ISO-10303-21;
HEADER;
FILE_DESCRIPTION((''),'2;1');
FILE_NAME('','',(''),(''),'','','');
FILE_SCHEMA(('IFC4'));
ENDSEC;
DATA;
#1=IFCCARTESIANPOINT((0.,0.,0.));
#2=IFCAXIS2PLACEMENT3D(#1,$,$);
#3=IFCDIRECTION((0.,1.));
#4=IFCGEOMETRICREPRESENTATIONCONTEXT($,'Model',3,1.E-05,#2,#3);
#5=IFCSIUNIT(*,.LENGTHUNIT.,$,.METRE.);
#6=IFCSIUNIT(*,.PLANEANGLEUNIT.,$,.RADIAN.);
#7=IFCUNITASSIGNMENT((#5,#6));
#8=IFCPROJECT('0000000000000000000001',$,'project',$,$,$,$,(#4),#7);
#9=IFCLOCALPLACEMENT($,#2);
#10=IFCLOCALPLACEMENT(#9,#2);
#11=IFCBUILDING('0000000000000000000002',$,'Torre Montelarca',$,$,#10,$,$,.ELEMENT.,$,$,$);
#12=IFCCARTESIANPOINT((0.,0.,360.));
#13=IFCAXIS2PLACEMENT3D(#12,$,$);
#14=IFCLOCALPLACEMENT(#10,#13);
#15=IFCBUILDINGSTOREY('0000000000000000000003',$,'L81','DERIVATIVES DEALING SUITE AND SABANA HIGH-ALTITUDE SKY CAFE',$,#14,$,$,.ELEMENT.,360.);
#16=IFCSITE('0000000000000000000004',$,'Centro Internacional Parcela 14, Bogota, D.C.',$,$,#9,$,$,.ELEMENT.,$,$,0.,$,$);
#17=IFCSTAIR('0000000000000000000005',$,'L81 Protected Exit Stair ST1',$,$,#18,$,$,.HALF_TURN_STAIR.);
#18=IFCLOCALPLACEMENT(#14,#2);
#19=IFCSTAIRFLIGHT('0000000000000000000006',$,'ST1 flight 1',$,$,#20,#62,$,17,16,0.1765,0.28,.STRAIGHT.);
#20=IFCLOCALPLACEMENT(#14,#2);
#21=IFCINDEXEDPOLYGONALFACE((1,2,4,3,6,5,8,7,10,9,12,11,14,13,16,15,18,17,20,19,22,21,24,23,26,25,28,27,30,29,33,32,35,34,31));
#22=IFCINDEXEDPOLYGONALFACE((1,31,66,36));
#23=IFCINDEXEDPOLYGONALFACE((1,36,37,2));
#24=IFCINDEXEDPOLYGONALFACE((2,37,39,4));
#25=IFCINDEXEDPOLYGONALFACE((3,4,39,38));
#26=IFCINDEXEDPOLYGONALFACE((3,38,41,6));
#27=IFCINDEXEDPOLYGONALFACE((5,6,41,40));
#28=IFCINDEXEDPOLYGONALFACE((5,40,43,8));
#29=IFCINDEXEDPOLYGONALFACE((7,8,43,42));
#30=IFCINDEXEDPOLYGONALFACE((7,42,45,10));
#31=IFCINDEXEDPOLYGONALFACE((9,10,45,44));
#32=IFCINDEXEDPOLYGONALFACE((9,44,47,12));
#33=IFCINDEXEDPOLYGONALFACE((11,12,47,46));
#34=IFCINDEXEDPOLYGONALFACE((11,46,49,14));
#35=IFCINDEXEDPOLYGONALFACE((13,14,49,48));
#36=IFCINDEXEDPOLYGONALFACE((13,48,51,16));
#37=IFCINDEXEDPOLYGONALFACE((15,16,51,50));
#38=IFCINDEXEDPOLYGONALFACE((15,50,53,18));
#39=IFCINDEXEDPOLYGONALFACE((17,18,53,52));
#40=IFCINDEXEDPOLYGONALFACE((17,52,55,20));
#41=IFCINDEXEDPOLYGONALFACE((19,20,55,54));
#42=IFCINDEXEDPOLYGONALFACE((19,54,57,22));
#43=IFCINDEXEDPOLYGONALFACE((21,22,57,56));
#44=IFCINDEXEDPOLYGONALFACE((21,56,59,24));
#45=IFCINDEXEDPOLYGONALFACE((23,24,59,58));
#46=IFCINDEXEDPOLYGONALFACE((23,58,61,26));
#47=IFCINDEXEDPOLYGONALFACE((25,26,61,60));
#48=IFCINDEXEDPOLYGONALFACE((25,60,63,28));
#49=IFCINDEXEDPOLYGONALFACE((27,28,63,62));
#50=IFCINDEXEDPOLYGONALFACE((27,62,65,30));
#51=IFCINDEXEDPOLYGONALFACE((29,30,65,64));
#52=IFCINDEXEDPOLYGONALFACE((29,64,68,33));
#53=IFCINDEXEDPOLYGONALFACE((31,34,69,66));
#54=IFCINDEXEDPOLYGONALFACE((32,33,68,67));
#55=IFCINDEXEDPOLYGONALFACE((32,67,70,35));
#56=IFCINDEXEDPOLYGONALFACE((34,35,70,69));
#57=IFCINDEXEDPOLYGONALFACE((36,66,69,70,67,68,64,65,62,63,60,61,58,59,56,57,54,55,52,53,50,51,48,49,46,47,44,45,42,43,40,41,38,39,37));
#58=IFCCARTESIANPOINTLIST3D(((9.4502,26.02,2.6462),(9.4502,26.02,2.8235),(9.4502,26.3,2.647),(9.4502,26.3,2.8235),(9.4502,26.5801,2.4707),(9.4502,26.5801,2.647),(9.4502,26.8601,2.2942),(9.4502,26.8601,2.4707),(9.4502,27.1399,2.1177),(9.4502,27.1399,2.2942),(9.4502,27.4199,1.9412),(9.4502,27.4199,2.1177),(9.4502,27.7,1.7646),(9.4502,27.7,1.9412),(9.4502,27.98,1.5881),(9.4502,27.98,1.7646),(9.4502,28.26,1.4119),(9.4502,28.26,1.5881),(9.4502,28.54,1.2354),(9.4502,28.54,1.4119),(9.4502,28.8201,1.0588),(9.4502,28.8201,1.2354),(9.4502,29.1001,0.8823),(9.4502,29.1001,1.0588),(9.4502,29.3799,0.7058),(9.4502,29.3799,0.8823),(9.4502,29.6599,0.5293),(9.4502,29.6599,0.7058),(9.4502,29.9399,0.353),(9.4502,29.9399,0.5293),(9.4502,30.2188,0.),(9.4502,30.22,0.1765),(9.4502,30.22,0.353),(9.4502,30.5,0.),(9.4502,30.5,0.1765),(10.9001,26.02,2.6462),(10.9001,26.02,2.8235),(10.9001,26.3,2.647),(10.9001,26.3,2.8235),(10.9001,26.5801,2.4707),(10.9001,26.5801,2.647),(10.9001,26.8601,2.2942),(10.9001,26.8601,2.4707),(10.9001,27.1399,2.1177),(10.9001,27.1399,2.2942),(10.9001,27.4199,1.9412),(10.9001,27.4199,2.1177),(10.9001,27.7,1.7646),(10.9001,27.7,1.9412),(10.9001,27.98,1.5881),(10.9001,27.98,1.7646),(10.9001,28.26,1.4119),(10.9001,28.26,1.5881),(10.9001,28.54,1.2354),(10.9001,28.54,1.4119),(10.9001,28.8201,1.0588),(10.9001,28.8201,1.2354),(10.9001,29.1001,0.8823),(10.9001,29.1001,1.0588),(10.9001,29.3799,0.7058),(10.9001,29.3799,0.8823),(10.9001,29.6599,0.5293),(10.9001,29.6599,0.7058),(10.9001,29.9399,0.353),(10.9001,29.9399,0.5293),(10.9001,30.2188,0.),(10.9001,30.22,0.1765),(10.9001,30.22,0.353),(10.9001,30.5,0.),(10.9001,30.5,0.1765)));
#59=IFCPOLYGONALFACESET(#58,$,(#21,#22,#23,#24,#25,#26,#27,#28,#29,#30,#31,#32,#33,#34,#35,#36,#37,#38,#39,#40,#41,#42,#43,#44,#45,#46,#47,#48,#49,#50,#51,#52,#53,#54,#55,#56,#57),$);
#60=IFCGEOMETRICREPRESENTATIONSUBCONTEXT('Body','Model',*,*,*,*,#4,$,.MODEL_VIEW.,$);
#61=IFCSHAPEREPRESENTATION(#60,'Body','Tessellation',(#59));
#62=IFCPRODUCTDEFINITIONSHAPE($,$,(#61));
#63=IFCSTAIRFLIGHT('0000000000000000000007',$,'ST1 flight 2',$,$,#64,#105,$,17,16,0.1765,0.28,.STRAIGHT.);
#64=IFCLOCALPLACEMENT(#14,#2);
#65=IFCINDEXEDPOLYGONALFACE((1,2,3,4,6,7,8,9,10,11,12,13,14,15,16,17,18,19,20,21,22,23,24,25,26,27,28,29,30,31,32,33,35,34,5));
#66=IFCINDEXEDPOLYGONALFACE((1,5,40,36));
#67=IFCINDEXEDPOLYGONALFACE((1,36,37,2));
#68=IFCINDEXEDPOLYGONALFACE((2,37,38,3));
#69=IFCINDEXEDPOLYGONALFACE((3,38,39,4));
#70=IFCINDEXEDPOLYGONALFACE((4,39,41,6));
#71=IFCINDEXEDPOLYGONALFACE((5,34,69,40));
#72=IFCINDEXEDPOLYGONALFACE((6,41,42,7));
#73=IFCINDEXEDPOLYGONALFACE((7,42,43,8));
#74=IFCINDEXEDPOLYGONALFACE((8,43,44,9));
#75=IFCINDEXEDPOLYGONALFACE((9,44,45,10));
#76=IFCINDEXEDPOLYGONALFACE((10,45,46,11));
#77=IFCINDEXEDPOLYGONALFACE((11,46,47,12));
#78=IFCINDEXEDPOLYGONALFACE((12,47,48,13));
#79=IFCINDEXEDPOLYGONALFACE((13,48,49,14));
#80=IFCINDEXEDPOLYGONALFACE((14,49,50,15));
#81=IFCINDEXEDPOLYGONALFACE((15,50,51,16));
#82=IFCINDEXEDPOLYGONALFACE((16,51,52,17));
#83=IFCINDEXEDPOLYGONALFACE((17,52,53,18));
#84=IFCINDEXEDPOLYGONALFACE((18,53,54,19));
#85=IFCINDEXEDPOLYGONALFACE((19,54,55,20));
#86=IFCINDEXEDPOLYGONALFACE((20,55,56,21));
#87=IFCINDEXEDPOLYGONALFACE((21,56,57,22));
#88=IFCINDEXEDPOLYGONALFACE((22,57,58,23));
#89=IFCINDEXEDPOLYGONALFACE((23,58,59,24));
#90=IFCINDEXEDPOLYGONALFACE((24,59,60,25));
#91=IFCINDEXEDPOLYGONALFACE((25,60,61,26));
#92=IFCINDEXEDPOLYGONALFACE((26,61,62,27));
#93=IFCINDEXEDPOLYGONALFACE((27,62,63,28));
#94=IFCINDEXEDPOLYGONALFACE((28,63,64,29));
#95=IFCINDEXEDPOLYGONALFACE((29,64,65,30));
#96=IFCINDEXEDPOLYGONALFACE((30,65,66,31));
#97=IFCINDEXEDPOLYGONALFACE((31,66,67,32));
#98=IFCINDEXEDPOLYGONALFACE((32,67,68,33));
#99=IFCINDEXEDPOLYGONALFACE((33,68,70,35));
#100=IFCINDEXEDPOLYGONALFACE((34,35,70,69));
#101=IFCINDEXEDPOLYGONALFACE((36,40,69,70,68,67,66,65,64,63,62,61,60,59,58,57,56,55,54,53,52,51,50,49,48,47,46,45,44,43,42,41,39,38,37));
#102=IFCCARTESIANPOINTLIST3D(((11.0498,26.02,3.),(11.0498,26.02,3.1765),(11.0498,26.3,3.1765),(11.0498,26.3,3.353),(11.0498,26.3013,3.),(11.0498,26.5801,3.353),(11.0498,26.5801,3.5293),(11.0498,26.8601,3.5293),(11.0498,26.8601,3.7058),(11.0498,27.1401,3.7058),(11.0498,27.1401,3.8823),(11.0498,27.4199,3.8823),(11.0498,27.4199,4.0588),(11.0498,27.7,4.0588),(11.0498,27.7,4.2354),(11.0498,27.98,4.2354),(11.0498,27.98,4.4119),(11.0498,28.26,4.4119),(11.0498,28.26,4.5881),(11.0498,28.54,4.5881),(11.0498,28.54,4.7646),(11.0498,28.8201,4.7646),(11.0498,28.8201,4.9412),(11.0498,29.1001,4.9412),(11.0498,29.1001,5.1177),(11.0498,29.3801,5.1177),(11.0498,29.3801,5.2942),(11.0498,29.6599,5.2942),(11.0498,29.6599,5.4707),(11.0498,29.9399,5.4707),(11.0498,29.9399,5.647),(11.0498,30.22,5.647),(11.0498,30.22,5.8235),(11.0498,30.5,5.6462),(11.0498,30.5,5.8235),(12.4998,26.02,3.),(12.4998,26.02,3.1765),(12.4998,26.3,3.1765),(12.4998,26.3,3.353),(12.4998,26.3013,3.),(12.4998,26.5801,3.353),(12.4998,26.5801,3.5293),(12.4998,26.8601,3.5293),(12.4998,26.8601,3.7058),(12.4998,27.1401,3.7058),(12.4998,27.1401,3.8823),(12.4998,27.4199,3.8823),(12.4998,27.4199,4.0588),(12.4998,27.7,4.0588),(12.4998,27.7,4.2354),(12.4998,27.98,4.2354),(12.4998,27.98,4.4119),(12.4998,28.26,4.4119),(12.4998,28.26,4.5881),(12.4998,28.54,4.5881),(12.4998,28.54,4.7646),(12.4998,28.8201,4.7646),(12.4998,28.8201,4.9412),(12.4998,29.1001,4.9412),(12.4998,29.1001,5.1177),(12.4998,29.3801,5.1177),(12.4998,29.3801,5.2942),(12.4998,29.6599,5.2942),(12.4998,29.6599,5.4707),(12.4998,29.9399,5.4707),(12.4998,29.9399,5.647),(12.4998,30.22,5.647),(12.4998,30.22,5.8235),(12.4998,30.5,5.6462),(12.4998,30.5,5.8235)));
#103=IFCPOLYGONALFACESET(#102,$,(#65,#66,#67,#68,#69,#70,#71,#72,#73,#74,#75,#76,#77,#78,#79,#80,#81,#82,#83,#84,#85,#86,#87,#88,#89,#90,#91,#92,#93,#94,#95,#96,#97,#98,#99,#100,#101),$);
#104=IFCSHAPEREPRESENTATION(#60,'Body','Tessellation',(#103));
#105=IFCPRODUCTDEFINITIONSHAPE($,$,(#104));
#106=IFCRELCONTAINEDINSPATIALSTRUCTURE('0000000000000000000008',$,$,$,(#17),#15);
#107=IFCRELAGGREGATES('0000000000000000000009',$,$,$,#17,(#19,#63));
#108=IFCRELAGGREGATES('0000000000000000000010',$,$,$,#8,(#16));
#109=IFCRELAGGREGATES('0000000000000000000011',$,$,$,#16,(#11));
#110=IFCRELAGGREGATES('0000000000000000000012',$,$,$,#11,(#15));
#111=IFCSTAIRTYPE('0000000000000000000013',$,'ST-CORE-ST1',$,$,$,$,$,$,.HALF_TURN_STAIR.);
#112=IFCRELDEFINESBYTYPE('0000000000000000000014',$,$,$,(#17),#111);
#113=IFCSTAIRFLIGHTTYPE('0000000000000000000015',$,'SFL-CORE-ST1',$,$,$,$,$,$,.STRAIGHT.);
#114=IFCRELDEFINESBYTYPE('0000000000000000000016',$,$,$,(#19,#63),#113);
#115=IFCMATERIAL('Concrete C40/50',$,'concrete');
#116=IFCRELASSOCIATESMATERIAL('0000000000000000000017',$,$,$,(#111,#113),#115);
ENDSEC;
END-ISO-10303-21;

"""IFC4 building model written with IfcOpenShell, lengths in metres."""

from ifc_helpers import new_model, si_unit, direction, frame, origin, place, context, subcontext, project, spatial, polyline, outline, extrude, material, type_object, element, aggregate, save


model = new_model("IFC4")

# Units and contexts
model_context = context("Model", 3, precision=1e-05, world=origin(), true_north=direction((0.0, 1.0)))
body_context = subcontext(model_context, "Body", "Model", "MODEL_VIEW")
ifc_project = project(units=[si_unit("LENGTHUNIT", "METRE"), si_unit("PLANEANGLEUNIT", "RADIAN")], contexts=[model_context])

# Site, building, storey
site_placement = place(None, origin())
site = spatial("IfcSite", under=ifc_project, at=site_placement, Name="Centro Internacional Parcela 14, Bogota, D.C.", CompositionType="ELEMENT", RefElevation=0.0)
building_placement = place(site_placement, origin())
building = spatial("IfcBuilding", under=site, at=building_placement, Name="Torre Montelarca", CompositionType="ELEMENT")
storey_placement = place(building_placement, frame((0.0, 0.0, 360.0)))
storey = spatial("IfcBuildingStorey", under=building, at=storey_placement, Name="L81", Description="DERIVATIVES DEALING SUITE AND SABANA HIGH-ALTITUDE SKY CAFE", CompositionType="ELEMENT", Elevation=360.0)

# Shared definitions
ifc_material_1 = material(Name="Concrete C40/50", Category="concrete")

# Stair, stair flights
stair_type = type_object("IfcStairType", Name="ST-CORE-ST1", PredefinedType="HALF_TURN_STAIR", material=ifc_material_1)
stair_placement = place(storey_placement, origin())
stair = element("IfcStair", 1, at=stair_placement, inside=storey, type_object=stair_type, Name="L81 Protected Exit Stair ST1", PredefinedType="HALF_TURN_STAIR")
stair_flight_type = type_object("IfcStairFlightType", Name="SFL-CORE-ST1", PredefinedType="STRAIGHT", material=ifc_material_1)
stair_flight_1_placement = place(storey_placement, frame((10.175, 30.5, 0.0), z_axis=(0.0, 0.0, 1.0), x_axis=(0.0, -1.0, 0.0)))
stair_flight_1 = element("IfcStairFlight", 2, at=stair_flight_1_placement, type_object=stair_flight_type, Name="ST1 flight 1", NumberOfRisers=17, NumberOfTreads=16, PredefinedType="STRAIGHT", RiserHeight=0.1765, TreadLength=0.28, context=body_context, shape_type="SweptSolid", body=[
    extrude(outline(polyline([(0.0, 0.0), (0.0, 0.1765), (0.28, 0.1765), (0.28, 0.353), (0.5601, 0.353), (0.5601, 0.5293), (0.8401, 0.5293), (0.8401, 0.7058), (1.1201, 0.7058), (1.1201, 0.8823), (1.3999, 0.8823), (1.3999, 1.0588), (1.6799, 1.0588), (1.6799, 1.2354), (1.96, 1.2354), (1.96, 1.4119), (2.24, 1.4119), (2.24, 1.5881), (2.52, 1.5881), (2.52, 1.7646), (2.8, 1.7646), (2.8, 1.9412), (3.0801, 1.9412), (3.0801, 2.1177), (3.3601, 2.1177), (3.3601, 2.2942), (3.6399, 2.2942), (3.6399, 2.4707), (3.9199, 2.4707), (3.9199, 2.647), (4.2, 2.647), (4.2, 2.8235), (4.48, 2.8235), (4.48, 3.0), (4.48, 2.6462), (0.2812, 0.0), (0.0, 0.0)])), frame((0.0, 0.7251, 0.0), z_axis=(0.0, -1.0, 0.0), x_axis=(1.0, 0.0, 0.0)), (0.0, 0.0, 1.0), 1.45),
])
stair_flight_2_placement = place(storey_placement, frame((11.7749, 26.02, 3.0), z_axis=(0.0, 0.0, 1.0), x_axis=(0.0, 1.0, 0.0)))
stair_flight_2 = element("IfcStairFlight", 3, at=stair_flight_2_placement, type_object=stair_flight_type, Name="ST1 flight 2", NumberOfRisers=17, NumberOfTreads=16, PredefinedType="STRAIGHT", RiserHeight=0.1765, TreadLength=0.28, context=body_context, shape_type="SweptSolid", body=[
    extrude(outline(polyline([(0.0, 0.0), (0.0, 0.1765), (0.28, 0.1765), (0.28, 0.353), (0.5601, 0.353), (0.5601, 0.5293), (0.8401, 0.5293), (0.8401, 0.7058), (1.1201, 0.7058), (1.1201, 0.8823), (1.3999, 0.8823), (1.3999, 1.0588), (1.6799, 1.0588), (1.6799, 1.2354), (1.96, 1.2354), (1.96, 1.4119), (2.24, 1.4119), (2.24, 1.5881), (2.52, 1.5881), (2.52, 1.7646), (2.8, 1.7646), (2.8, 1.9412), (3.0801, 1.9412), (3.0801, 2.1177), (3.3601, 2.1177), (3.3601, 2.2942), (3.6399, 2.2942), (3.6399, 2.4707), (3.9199, 2.4707), (3.9199, 2.647), (4.2, 2.647), (4.2, 2.8235), (4.48, 2.8235), (4.48, 3.0), (4.48, 2.6462), (0.2812, 0.0), (0.0, 0.0)])), frame((0.0, 0.7251, 0.0), z_axis=(0.0, -1.0, 0.0), x_axis=(1.0, 0.0, 0.0)), (0.0, 0.0, 1.0), 1.45),
])
aggregate(stair, [stair_flight_1, stair_flight_2])

save(model, "model.ifc")
